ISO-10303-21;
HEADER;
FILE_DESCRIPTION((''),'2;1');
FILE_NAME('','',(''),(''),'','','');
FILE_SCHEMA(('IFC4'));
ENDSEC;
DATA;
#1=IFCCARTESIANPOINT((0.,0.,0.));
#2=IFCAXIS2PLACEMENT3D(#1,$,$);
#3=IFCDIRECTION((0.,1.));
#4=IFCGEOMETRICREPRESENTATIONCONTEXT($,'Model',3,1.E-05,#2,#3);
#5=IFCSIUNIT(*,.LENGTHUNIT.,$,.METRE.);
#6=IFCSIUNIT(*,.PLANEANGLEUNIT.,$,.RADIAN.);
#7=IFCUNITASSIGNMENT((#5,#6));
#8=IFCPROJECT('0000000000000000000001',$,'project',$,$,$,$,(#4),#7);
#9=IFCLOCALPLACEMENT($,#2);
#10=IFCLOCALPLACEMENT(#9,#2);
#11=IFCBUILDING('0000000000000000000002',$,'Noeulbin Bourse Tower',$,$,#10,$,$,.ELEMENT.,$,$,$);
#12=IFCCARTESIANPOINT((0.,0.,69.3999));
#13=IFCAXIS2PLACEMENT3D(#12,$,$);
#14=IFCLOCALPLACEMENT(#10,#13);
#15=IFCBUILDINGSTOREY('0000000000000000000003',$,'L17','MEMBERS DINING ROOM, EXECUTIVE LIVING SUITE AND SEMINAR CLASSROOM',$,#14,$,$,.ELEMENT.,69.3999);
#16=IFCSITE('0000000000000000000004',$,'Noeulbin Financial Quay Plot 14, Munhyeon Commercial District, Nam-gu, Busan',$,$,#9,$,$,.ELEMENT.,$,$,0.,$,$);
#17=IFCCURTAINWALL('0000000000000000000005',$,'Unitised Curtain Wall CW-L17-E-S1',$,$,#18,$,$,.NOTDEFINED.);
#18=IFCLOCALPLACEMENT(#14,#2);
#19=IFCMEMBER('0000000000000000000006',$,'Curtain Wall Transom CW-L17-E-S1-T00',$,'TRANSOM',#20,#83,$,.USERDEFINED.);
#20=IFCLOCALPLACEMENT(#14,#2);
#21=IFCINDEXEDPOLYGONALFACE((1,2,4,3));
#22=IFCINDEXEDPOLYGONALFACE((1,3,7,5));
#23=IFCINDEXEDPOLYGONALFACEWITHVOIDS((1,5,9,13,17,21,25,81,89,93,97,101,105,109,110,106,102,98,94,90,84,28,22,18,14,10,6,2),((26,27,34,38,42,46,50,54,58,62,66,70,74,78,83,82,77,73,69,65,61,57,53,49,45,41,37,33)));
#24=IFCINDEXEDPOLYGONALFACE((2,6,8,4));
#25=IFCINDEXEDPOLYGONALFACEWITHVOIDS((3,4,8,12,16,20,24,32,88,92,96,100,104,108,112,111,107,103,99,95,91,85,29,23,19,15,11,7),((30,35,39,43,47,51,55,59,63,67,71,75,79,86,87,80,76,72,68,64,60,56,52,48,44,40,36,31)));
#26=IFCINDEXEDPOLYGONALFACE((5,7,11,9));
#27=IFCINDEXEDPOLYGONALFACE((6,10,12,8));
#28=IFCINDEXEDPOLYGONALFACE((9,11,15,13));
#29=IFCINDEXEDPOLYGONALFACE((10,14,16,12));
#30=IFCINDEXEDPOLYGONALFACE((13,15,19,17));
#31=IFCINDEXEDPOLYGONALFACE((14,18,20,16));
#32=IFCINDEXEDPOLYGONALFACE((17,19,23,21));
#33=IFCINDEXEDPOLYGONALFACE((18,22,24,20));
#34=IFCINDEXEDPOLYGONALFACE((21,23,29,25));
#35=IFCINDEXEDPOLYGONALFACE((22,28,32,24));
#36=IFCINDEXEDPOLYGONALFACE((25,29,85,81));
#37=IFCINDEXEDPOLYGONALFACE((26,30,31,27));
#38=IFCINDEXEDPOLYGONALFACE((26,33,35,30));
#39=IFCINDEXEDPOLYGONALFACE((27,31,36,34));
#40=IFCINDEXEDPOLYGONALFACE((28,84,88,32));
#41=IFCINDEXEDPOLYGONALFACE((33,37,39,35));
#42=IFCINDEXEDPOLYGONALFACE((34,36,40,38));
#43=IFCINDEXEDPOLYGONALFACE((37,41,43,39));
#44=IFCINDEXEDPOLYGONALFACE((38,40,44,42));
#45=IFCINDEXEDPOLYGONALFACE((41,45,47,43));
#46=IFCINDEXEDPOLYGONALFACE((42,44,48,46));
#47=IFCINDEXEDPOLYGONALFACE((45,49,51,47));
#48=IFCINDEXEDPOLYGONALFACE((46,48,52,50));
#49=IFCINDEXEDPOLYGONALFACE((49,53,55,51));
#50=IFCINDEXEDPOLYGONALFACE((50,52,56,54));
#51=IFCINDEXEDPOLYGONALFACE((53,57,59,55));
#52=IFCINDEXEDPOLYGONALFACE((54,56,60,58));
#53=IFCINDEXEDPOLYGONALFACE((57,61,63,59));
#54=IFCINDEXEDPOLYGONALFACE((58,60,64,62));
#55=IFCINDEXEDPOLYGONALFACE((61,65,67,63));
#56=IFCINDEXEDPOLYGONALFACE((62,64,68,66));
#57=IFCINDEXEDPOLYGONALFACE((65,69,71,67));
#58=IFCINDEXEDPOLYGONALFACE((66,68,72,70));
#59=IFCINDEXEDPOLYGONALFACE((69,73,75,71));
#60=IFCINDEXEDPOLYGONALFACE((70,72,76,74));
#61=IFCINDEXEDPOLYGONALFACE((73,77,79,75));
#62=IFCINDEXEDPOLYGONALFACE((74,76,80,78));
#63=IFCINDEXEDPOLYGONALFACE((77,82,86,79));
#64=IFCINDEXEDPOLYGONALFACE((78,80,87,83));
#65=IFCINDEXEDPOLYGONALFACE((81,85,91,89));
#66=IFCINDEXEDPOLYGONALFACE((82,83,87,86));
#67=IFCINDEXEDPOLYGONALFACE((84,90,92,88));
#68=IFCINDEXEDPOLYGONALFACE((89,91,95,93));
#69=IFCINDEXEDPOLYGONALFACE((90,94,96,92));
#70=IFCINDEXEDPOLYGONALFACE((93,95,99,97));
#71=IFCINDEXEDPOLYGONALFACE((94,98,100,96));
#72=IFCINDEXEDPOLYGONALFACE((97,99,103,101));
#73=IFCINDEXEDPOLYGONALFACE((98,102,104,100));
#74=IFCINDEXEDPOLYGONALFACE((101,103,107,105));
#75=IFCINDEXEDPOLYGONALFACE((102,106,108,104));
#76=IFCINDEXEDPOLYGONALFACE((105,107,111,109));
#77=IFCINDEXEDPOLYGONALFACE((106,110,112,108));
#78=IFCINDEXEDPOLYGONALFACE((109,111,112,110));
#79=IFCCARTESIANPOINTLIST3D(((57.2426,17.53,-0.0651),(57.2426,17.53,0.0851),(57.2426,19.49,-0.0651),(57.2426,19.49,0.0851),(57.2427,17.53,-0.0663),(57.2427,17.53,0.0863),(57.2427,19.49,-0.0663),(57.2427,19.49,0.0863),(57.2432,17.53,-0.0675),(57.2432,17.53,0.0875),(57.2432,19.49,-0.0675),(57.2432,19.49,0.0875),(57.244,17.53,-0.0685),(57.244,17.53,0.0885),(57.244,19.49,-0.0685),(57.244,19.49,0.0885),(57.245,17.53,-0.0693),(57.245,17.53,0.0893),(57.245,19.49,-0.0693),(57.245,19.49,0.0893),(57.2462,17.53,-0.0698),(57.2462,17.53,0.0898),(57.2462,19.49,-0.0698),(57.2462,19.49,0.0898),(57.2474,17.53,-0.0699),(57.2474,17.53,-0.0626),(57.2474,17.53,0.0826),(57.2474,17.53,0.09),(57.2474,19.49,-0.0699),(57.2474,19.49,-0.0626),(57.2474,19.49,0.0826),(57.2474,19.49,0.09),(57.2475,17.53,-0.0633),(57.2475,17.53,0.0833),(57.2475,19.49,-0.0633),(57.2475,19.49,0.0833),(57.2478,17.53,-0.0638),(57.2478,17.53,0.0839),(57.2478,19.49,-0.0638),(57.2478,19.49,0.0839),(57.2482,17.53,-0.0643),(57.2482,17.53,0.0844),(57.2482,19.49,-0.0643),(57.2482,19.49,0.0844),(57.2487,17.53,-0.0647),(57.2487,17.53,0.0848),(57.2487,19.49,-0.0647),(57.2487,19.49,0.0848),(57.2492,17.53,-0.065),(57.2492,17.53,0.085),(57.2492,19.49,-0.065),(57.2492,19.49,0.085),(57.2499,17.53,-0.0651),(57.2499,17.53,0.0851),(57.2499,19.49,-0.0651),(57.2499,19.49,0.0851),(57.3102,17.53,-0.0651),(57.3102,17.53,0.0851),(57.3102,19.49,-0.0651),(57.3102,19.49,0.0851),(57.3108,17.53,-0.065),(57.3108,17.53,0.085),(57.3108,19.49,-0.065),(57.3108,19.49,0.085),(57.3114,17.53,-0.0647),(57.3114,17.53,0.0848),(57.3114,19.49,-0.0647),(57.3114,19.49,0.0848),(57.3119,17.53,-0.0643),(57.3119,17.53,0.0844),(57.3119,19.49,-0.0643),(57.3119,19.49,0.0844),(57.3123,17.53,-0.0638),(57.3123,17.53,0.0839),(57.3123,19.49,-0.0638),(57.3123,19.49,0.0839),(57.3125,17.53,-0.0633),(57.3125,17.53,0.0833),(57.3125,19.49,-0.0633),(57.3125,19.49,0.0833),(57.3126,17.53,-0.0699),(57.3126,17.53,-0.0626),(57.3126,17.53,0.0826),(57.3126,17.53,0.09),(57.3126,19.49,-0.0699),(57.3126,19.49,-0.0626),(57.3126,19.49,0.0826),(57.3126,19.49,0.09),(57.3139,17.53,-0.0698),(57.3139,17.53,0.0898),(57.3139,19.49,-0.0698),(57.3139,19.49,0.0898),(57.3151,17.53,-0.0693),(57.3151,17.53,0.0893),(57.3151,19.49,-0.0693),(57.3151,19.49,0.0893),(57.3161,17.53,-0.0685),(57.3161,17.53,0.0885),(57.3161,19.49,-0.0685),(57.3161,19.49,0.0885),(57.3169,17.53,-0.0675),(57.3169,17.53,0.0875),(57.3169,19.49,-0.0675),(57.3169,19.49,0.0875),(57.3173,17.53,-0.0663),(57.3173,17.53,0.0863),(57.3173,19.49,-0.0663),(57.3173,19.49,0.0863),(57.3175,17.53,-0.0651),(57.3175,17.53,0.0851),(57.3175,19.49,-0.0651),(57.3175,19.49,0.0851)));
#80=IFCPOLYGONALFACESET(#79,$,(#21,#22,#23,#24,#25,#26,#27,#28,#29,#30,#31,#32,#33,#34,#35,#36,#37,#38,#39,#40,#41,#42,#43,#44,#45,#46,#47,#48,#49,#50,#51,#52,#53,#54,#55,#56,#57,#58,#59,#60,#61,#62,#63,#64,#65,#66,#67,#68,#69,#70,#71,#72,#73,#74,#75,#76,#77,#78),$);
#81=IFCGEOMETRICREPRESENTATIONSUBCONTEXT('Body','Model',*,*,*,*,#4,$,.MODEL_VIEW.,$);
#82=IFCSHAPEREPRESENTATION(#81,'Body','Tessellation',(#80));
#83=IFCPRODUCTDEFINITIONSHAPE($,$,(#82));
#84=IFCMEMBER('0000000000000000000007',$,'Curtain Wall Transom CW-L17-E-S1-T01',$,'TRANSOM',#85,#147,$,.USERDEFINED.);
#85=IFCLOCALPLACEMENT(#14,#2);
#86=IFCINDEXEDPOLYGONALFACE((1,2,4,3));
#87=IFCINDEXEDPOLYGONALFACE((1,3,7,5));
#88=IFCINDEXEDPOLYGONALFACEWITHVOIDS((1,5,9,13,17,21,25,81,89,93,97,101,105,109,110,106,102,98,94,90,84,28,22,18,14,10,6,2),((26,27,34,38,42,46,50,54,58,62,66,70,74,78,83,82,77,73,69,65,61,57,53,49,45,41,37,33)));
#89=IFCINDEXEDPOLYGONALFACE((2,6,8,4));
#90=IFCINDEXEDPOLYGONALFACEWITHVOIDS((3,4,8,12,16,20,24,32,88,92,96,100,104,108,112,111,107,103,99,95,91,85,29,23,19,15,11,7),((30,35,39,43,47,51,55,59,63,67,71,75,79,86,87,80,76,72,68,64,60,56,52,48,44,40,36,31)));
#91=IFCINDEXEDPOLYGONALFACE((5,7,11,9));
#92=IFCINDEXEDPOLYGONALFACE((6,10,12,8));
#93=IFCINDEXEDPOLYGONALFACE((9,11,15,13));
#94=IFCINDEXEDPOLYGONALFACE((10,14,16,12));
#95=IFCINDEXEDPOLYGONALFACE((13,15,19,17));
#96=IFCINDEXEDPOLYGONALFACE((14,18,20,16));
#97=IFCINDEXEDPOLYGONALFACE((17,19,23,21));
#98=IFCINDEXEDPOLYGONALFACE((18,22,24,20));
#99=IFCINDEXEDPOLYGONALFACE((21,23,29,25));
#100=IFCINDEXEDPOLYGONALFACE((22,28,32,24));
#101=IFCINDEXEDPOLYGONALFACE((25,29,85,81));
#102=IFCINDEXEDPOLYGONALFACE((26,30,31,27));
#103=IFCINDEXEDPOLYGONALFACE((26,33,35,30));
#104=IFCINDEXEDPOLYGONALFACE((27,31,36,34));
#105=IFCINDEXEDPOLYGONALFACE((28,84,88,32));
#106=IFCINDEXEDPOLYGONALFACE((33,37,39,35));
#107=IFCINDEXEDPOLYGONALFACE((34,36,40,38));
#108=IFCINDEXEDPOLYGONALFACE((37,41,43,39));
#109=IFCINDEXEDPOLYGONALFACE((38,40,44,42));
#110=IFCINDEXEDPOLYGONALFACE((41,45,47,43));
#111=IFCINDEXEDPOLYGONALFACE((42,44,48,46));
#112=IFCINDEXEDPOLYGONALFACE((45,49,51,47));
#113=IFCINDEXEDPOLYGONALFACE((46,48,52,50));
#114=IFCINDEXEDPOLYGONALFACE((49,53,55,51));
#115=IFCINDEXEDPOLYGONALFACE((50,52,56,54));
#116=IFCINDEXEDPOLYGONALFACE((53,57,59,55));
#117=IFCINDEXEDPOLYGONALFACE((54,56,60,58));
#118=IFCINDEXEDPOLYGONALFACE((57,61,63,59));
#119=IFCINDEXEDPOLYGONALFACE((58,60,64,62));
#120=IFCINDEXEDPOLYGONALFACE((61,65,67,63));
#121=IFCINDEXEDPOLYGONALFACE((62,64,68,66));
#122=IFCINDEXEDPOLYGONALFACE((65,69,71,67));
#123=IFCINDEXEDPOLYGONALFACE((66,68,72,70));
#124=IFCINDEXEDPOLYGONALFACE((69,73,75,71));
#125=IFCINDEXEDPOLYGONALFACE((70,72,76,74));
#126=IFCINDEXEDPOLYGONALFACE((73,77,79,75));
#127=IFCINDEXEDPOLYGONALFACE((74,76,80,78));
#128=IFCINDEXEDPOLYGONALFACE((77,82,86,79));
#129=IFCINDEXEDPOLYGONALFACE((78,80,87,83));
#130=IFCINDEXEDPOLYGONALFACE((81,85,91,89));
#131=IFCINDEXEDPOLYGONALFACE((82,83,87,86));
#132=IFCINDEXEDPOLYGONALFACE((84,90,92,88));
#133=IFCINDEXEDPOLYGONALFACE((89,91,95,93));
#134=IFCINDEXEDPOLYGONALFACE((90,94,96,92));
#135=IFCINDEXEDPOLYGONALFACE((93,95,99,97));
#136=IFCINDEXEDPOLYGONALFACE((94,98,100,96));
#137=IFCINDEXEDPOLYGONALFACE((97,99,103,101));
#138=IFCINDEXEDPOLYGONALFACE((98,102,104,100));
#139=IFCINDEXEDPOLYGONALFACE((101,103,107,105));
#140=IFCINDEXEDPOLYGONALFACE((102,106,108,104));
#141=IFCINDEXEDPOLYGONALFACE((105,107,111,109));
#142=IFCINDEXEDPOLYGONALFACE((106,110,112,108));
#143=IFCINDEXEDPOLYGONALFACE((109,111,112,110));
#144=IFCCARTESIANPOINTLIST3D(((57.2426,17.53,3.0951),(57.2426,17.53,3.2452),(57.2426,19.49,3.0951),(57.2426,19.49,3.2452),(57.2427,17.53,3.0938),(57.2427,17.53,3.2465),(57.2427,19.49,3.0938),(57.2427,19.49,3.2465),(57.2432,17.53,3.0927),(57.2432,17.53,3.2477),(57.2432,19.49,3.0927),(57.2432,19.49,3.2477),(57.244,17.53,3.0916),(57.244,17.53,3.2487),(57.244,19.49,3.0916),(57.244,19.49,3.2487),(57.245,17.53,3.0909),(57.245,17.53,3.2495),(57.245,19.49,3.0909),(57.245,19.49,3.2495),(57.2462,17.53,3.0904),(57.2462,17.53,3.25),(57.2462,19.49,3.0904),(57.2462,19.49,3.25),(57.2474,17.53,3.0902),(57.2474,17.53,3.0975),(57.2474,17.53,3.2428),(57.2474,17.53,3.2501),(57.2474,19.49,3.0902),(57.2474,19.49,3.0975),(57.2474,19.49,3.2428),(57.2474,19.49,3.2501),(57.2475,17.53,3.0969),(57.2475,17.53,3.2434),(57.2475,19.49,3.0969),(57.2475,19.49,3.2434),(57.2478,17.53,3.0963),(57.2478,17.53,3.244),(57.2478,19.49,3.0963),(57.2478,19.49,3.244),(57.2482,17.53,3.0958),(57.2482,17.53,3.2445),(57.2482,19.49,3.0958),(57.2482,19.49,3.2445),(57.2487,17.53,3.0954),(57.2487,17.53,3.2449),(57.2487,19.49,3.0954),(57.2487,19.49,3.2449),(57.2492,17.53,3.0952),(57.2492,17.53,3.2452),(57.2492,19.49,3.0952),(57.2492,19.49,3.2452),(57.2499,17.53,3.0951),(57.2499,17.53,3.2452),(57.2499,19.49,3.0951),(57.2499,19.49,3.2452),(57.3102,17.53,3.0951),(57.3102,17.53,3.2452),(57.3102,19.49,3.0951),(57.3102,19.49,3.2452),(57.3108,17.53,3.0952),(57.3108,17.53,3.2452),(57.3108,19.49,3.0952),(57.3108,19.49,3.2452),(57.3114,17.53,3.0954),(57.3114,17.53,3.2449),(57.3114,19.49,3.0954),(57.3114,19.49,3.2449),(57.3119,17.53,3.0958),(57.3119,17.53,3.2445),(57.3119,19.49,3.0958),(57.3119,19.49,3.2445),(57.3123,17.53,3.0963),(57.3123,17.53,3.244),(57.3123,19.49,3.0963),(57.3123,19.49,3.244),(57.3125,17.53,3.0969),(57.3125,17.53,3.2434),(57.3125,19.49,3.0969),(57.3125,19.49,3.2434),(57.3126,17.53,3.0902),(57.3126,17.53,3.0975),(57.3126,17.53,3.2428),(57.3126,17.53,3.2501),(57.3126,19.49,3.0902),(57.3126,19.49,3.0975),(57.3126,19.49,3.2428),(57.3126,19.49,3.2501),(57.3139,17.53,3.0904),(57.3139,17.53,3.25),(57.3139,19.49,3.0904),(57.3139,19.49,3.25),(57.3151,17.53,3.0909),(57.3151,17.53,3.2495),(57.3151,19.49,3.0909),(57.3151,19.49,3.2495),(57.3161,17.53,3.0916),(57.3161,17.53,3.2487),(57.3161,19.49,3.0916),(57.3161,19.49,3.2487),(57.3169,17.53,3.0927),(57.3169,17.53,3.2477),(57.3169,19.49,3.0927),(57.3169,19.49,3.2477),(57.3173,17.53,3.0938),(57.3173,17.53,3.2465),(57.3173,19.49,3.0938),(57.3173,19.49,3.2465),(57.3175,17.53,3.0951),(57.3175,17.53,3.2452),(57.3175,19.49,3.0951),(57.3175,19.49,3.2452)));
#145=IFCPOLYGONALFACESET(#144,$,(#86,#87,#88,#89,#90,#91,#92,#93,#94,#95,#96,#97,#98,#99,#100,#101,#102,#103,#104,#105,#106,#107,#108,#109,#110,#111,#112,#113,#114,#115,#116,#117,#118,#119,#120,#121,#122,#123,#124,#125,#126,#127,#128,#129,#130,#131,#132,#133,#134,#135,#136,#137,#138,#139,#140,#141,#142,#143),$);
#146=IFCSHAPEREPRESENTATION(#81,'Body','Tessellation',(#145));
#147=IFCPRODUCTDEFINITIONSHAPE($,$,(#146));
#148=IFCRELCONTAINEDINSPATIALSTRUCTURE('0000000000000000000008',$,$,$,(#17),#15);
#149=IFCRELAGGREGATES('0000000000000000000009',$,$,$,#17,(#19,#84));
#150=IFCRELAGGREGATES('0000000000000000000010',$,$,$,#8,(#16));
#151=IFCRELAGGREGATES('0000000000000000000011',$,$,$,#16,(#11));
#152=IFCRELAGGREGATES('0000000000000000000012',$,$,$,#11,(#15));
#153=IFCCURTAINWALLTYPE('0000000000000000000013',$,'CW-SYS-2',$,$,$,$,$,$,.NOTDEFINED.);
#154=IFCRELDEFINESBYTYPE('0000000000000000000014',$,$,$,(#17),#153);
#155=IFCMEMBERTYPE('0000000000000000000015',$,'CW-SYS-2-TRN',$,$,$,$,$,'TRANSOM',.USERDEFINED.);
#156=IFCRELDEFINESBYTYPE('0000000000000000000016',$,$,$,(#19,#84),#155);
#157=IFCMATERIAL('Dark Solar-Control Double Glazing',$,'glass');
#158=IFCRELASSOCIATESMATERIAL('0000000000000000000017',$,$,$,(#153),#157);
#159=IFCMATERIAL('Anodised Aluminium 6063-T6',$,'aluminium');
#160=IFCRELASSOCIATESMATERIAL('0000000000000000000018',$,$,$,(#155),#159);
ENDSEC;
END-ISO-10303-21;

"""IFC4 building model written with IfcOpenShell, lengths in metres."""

from ifc_helpers import new_model, si_unit, direction, frame, origin, origin_2d, place, context, subcontext, project, spatial, hollow_rectangle, extrude, material, material_profile, profile_set, type_object, element, aggregate, save


model = new_model("IFC4")

# Units and contexts
model_context = context("Model", 3, precision=1e-05, world=origin(), true_north=direction((0.0, 1.0)))
body_context = subcontext(model_context, "Body", "Model", "MODEL_VIEW")
ifc_project = project(units=[si_unit("LENGTHUNIT", "METRE"), si_unit("PLANEANGLEUNIT", "RADIAN")], contexts=[model_context])

# Site, building, storey
site_placement = place(None, origin())
site = spatial("IfcSite", under=ifc_project, at=site_placement, Name="Noeulbin Financial Quay Plot 14, Munhyeon Commercial District, Nam-gu, Busan", CompositionType="ELEMENT", RefElevation=0.0)
building_placement = place(site_placement, origin())
building = spatial("IfcBuilding", under=site, at=building_placement, Name="Noeulbin Bourse Tower", CompositionType="ELEMENT")
storey_placement = place(building_placement, frame((0.0, 0.0, 69.3999)))
storey = spatial("IfcBuildingStorey", under=building, at=storey_placement, Name="L17", Description="MEMBERS DINING ROOM, EXECUTIVE LIVING SUITE AND SEMINAR CLASSROOM", CompositionType="ELEMENT", Elevation=69.3999)

# Curtain wall
ifc_material_1 = material(Name="Dark Solar-Control Double Glazing", Category="glass")
curtain_wall_type = type_object("IfcCurtainWallType", Name="CW-SYS-2", PredefinedType="NOTDEFINED", material=ifc_material_1)
ifc_material_2 = material(Name="Anodised Aluminium 6063-T6", Category="aluminium")
curtain_wall_1_placement = place(storey_placement, origin())
curtain_wall_1 = element("IfcCurtainWall", 1, at=curtain_wall_1_placement, inside=storey, type_object=curtain_wall_type, Name="Unitised Curtain Wall CW-L17-E-S1", PredefinedType="NOTDEFINED")

# Members
ifc_material_profile_1 = material_profile(ifc_material_2, hollow_rectangle(XDim=0.075, YDim=0.1599, WallThickness=0.0049, InnerFilletRadius=0.0024, OuterFilletRadius=0.0049, at=origin_2d()), Name="ALU-TRAN-75x160x5", Category="LoadBearing")
ifc_profile_set_1 = profile_set([ifc_material_profile_1], Name="Anodised Aluminium 6063-T6")
member_type_1 = type_object("IfcMemberType", Name="CW-SYS-2-TRN", ElementType="TRANSOM", PredefinedType="USERDEFINED", material=ifc_profile_set_1)
member_1_placement = place(storey_placement, frame((57.28, 17.53, 0.01), z_axis=(0.0, 1.0, 0.0), x_axis=(-1.0, 0.0, 0.0)))
member_1 = element("IfcMember", 2, at=member_1_placement, type_object=member_type_1, Name="Curtain Wall Transom CW-L17-E-S1-T00", ObjectType="TRANSOM", PredefinedType="USERDEFINED", context=body_context, shape_type="SweptSolid", body=[
    extrude(hollow_rectangle(XDim=0.075, YDim=0.1599, WallThickness=0.0049, InnerFilletRadius=0.0024, OuterFilletRadius=0.0049, at=origin_2d()), origin(), (0.0, 0.0, 1.0), 1.96),
])
member_2_placement = place(storey_placement, frame((57.28, 17.53, 3.1702), z_axis=(0.0, 1.0, 0.0), x_axis=(-1.0, 0.0, 0.0)))
member_2 = element("IfcMember", 3, at=member_2_placement, type_object=member_type_1, Name="Curtain Wall Transom CW-L17-E-S1-T01", ObjectType="TRANSOM", PredefinedType="USERDEFINED", context=body_context, shape_type="SweptSolid", body=[
    extrude(hollow_rectangle(XDim=0.075, YDim=0.1599, WallThickness=0.0049, InnerFilletRadius=0.0024, OuterFilletRadius=0.0049, at=origin_2d()), origin(), (0.0, 0.0, 1.0), 1.96),
])

aggregate(curtain_wall_1, [member_1, member_2])

save(model, "model.ifc")
